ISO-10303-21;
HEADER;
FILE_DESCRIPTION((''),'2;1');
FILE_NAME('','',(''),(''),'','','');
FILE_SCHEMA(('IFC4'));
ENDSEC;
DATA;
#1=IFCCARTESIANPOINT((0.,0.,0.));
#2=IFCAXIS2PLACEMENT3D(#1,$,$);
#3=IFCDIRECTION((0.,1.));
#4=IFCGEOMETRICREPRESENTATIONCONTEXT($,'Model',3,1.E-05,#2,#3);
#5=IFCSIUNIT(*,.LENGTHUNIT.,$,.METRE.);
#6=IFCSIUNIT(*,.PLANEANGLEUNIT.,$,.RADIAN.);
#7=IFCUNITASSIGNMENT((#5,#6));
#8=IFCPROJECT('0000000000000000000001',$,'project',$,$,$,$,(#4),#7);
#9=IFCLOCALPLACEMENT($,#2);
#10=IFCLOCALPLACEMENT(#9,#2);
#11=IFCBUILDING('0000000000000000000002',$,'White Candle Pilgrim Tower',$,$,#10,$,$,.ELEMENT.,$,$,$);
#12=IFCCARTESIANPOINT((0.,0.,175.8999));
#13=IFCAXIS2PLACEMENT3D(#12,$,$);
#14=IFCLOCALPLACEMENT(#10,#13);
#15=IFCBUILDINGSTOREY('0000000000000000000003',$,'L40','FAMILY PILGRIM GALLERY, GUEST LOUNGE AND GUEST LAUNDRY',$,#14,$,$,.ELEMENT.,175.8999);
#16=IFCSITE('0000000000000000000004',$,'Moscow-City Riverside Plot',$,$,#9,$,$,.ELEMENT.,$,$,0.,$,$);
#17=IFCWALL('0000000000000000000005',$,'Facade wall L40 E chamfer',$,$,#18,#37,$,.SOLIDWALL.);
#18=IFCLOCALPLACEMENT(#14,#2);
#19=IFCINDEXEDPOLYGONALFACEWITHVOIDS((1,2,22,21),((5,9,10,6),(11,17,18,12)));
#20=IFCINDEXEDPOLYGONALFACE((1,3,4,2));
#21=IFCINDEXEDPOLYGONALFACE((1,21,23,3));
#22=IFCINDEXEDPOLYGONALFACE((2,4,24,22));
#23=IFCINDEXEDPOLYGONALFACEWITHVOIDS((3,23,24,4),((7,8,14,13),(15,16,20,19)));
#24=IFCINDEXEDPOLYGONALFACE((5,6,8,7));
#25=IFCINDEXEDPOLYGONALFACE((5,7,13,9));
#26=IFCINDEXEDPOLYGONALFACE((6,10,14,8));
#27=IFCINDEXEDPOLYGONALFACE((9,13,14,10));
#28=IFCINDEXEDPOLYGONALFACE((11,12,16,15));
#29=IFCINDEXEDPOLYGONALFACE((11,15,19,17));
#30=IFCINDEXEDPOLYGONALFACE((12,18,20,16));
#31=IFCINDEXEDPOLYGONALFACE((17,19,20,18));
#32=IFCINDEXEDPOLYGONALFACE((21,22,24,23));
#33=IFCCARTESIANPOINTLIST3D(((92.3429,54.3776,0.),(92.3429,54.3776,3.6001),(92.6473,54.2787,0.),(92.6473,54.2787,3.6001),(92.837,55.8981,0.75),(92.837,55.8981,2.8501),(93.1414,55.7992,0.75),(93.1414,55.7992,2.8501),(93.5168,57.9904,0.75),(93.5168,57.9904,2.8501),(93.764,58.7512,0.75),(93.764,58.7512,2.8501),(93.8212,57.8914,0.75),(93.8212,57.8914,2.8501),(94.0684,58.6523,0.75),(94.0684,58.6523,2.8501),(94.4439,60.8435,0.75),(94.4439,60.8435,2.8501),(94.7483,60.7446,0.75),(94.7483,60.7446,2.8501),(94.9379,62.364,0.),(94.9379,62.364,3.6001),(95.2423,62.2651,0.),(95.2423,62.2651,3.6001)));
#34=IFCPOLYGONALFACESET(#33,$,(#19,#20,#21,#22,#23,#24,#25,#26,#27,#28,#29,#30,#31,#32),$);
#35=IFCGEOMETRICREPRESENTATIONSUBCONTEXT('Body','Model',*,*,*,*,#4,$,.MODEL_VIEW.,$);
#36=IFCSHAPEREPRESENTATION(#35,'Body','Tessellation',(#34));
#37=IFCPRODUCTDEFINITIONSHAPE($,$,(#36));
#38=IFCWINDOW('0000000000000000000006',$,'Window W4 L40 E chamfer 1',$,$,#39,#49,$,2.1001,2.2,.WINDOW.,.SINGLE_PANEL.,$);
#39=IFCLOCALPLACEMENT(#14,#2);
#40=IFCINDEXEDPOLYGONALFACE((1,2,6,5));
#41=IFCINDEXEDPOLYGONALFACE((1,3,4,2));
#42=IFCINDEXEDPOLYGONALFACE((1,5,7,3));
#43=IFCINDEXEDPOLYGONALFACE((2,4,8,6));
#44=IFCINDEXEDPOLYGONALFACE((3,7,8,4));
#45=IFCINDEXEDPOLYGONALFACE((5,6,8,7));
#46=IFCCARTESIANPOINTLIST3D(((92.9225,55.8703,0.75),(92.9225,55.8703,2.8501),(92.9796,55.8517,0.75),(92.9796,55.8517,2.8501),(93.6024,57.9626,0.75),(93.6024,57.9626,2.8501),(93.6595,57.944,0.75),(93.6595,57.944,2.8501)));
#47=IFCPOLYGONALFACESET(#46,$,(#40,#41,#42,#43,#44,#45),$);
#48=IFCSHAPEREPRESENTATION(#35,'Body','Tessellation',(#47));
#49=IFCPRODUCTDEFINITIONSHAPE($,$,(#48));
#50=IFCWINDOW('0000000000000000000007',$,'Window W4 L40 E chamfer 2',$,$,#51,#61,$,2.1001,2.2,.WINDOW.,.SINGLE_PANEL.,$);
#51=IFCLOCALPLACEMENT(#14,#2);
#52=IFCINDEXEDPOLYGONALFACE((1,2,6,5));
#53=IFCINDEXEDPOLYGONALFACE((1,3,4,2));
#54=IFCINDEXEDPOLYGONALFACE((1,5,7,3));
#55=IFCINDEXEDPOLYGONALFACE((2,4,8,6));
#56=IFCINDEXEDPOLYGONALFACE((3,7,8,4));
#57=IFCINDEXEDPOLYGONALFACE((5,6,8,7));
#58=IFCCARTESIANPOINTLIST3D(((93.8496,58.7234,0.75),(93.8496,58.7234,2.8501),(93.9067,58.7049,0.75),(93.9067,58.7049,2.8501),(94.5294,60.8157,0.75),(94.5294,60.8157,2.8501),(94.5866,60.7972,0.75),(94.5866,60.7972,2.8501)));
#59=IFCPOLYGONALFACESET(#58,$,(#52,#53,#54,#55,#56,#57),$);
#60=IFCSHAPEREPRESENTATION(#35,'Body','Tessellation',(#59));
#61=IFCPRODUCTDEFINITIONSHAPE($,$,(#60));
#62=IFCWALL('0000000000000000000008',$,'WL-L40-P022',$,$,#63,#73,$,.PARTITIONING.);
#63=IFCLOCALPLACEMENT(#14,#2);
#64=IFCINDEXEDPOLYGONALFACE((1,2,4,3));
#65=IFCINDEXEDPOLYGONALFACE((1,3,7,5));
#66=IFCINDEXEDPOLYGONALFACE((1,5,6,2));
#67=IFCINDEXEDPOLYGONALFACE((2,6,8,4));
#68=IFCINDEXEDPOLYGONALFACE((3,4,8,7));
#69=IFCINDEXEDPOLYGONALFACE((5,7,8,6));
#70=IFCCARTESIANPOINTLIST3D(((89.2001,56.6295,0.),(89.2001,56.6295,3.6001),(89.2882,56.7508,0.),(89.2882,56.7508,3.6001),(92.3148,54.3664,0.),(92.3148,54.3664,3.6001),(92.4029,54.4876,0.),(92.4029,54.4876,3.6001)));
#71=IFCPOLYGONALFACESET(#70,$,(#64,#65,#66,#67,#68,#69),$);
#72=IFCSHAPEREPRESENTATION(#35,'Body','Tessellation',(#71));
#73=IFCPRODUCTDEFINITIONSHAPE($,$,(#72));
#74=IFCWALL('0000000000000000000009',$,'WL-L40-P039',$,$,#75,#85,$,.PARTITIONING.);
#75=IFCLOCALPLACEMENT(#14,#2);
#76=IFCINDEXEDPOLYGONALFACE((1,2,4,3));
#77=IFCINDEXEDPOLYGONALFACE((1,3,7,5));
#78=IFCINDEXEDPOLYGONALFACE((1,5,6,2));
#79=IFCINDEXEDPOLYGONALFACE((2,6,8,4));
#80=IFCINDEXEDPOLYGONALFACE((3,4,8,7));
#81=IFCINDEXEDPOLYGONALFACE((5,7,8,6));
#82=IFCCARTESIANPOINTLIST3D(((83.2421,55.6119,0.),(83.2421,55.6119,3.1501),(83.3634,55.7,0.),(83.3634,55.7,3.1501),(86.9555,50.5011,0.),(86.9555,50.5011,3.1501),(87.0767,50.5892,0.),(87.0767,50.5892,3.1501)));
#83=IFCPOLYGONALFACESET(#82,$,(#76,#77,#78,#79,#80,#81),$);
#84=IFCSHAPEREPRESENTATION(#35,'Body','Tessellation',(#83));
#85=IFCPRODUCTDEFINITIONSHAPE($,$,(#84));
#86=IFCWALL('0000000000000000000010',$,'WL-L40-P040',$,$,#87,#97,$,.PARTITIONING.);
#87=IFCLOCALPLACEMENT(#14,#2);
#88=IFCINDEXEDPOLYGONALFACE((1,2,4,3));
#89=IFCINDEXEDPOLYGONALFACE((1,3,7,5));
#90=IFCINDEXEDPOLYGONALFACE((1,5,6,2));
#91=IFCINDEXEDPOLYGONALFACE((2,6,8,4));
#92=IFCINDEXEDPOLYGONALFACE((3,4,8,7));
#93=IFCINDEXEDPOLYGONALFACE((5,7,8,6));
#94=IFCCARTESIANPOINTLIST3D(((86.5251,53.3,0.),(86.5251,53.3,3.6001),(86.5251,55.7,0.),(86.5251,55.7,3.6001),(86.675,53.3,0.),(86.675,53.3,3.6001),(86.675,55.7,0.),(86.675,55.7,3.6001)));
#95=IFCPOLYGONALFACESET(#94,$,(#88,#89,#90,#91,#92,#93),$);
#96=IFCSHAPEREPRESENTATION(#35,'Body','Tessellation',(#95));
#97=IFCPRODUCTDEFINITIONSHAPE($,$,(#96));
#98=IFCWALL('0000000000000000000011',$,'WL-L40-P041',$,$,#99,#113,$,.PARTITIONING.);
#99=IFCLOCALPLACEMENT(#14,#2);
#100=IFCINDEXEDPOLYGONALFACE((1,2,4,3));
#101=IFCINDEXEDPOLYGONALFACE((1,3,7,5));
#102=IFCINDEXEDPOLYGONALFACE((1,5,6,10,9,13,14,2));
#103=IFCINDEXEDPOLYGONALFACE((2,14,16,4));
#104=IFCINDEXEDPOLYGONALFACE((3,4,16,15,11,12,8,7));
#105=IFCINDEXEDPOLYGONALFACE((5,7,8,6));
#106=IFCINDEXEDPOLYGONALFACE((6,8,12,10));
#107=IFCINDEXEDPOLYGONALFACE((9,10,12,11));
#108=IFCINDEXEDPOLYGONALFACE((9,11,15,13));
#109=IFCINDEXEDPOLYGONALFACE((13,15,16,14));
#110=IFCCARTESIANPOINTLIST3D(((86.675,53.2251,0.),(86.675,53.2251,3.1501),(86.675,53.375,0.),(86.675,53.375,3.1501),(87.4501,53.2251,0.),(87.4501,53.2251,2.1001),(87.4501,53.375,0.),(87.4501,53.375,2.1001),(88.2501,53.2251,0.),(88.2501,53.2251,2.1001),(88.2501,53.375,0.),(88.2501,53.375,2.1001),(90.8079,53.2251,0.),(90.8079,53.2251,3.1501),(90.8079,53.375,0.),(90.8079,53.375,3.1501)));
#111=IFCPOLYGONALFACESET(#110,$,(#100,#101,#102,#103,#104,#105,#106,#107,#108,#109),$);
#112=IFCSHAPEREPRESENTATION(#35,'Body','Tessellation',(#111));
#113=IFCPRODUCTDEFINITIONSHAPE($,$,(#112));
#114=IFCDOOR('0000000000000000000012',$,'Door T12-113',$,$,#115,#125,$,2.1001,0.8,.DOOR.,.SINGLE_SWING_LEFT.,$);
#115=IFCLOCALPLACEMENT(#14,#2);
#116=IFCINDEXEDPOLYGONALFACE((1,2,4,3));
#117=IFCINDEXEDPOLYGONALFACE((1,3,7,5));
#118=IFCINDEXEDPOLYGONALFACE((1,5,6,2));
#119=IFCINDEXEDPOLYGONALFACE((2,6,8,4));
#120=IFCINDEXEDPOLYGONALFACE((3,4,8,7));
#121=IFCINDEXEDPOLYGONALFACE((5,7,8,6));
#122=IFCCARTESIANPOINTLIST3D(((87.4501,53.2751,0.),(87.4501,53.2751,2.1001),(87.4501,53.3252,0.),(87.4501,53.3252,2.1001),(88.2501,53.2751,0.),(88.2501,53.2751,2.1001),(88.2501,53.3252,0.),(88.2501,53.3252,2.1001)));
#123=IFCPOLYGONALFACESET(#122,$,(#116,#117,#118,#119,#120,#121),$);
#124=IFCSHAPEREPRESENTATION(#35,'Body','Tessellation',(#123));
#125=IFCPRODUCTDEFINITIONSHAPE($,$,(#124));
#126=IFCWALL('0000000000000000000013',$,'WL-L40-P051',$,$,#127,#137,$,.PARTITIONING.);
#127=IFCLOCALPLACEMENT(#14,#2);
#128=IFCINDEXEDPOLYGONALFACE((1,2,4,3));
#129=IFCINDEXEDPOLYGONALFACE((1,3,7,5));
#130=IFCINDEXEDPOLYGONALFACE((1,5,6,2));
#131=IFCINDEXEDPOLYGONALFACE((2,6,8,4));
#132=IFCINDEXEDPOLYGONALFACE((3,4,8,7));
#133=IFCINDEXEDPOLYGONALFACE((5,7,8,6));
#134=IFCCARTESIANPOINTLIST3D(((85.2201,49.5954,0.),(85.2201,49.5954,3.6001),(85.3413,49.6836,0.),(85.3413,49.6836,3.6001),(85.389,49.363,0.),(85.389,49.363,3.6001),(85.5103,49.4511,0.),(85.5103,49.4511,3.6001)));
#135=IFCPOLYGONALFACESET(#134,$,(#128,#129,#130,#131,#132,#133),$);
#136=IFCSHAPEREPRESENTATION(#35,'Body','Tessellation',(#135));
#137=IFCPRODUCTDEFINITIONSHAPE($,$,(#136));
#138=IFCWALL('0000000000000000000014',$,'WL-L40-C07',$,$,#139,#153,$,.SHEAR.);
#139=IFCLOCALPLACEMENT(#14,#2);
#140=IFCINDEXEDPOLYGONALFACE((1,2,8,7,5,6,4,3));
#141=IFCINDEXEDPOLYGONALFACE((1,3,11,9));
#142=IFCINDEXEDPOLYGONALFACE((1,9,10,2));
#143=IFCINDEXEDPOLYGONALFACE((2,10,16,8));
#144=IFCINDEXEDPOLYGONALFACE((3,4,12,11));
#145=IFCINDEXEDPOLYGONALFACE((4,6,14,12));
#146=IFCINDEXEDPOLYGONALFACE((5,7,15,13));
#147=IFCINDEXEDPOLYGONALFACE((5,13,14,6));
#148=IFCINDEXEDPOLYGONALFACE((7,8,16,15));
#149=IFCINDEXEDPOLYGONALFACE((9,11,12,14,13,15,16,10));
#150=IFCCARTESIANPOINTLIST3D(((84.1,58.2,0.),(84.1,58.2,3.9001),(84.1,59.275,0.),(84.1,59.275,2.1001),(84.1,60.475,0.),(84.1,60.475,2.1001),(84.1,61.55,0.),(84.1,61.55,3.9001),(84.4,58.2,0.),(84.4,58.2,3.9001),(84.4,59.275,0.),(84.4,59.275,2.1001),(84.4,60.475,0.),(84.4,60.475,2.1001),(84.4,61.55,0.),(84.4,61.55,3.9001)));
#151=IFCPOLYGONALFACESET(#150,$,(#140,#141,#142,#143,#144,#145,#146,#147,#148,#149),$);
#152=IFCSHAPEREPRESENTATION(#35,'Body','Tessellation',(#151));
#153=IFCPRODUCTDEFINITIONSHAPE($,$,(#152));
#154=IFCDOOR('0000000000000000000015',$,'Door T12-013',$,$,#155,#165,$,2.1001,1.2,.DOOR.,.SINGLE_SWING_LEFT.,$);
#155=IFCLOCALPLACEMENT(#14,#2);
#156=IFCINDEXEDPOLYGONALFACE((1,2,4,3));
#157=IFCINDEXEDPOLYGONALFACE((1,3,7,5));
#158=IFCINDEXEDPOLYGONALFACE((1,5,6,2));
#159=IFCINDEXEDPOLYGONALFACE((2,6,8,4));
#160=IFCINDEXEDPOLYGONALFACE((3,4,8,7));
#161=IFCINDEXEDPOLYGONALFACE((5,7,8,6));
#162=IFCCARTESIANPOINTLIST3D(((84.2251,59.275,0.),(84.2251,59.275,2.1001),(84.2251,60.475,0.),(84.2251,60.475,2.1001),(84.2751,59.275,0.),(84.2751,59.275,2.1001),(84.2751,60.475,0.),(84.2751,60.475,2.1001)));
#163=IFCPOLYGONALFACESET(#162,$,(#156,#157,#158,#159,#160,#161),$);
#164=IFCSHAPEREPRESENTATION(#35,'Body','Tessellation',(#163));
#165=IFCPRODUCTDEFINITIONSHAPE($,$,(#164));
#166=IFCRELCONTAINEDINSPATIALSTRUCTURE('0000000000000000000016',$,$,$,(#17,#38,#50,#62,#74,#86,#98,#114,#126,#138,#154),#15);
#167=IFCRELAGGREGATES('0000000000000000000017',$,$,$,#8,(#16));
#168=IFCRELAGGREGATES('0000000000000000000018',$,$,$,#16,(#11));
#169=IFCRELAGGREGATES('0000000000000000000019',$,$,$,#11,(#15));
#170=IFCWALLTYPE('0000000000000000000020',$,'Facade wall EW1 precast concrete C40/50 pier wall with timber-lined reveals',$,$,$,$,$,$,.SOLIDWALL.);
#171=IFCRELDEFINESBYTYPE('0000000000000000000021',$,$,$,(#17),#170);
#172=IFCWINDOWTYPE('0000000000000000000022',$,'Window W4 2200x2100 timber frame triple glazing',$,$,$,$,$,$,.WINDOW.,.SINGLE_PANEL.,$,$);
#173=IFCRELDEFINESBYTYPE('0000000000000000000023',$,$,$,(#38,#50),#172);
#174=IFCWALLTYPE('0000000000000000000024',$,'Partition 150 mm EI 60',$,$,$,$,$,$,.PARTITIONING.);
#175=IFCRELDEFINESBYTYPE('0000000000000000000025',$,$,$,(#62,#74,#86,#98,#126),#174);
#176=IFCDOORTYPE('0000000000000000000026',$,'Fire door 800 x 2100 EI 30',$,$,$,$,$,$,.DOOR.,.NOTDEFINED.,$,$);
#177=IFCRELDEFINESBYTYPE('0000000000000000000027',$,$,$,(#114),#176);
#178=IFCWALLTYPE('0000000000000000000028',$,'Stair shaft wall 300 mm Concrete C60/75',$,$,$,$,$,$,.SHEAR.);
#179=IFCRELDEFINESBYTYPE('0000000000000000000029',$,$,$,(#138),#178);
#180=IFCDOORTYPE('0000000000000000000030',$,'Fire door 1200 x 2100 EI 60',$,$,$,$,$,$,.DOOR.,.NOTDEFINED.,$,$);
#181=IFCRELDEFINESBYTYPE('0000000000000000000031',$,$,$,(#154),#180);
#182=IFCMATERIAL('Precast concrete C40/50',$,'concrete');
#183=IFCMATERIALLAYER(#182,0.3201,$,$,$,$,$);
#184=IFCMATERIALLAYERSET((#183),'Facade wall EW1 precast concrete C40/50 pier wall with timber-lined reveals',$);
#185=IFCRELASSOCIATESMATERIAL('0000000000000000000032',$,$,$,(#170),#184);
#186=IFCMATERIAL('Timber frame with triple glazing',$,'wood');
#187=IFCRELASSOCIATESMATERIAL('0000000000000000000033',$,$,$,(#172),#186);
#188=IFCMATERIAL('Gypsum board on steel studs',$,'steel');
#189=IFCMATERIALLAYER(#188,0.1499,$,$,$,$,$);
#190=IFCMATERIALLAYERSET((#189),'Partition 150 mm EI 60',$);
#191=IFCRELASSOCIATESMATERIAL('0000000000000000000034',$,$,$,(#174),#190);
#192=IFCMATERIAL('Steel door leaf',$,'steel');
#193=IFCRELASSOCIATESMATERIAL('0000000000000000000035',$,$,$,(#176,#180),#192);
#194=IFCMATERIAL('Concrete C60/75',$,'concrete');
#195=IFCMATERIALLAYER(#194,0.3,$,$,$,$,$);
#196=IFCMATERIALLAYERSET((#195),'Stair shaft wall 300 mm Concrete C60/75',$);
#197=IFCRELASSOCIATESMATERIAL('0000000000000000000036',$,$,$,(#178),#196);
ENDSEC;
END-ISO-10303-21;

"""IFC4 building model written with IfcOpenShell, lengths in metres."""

from ifc_helpers import new_model, si_unit, direction, frame, frame_2d, origin, place, context, subcontext, project, spatial, rectangle, extrude, material, layer, layer_set, type_object, element, fill, save


model = new_model("IFC4")

# Units and contexts
model_context = context("Model", 3, precision=1e-05, world=origin(), true_north=direction((0.0, 1.0)))
body_context = subcontext(model_context, "Body", "Model", "MODEL_VIEW")
ifc_project = project(units=[si_unit("LENGTHUNIT", "METRE"), si_unit("PLANEANGLEUNIT", "RADIAN")], contexts=[model_context])

# Site, building, storey
site_placement = place(None, origin())
site = spatial("IfcSite", under=ifc_project, at=site_placement, Name="Moscow-City Riverside Plot", CompositionType="ELEMENT", RefElevation=0.0)
building_placement = place(site_placement, origin())
building = spatial("IfcBuilding", under=site, at=building_placement, Name="White Candle Pilgrim Tower", CompositionType="ELEMENT")
storey_placement = place(building_placement, frame((0.0, 0.0, 175.8999)))
storey = spatial("IfcBuildingStorey", under=building, at=storey_placement, Name="L40", Description="FAMILY PILGRIM GALLERY, GUEST LOUNGE AND GUEST LAUNDRY", CompositionType="ELEMENT", Elevation=175.8999)

# Shared definitions
ifc_material_1 = material(Name="Gypsum board on steel studs", Category="steel")
ifc_material_2 = material(Name="Steel door leaf", Category="steel")

# Wall, openings, windows
ifc_material_3 = material(Name="Precast concrete C40/50", Category="concrete")
ifc_layer_1 = layer(ifc_material_3, 0.3201)
ifc_layer_set_1 = layer_set([ifc_layer_1], Name="Facade wall EW1 precast concrete C40/50 pier wall with timber-lined reveals")
wall_type_1 = type_object("IfcWallType", Name="Facade wall EW1 precast concrete C40/50 pier wall with timber-lined reveals", PredefinedType="SOLIDWALL", material=ifc_layer_set_1)
wall_1_placement = place(storey_placement, frame((92.4951, 54.3281, 0.0), z_axis=(0.0, 0.0, 1.0), x_axis=(0.309023, 0.951055, 0.0)))
wall_1 = element("IfcWall", 1, at=wall_1_placement, inside=storey, type_object=wall_type_1, Name="Facade wall L40 E chamfer", PredefinedType="SOLIDWALL", context=body_context, shape_type="SweptSolid", body=[
    extrude(rectangle(XDim=8.3975, YDim=0.3201, at=frame_2d((4.1987, 0.0))), origin(), (0.0, 0.0, 1.0), 3.6001),
])
opening_1_placement = place(wall_1_placement, frame((1.5986, 0.0, 0.75)))
opening_1 = element("IfcOpeningElement", 2, at=opening_1_placement, cuts=wall_1, PredefinedType="OPENING", context=body_context, shape_type="SweptSolid", body=[
    extrude(rectangle(XDim=2.2, YDim=2.1001, at=frame_2d((1.1001, 1.05))), frame((0.0, 0.1699, 0.0), z_axis=(0.0, -1.0, 0.0), x_axis=(1.0, 0.0, 0.0)), (0.0, 0.0, 1.0), 0.3401),
])
opening_2_placement = place(wall_1_placement, frame((4.5986, 0.0, 0.75)))
opening_2 = element("IfcOpeningElement", 3, at=opening_2_placement, cuts=wall_1, PredefinedType="OPENING", context=body_context, shape_type="SweptSolid", body=[
    extrude(rectangle(XDim=2.2, YDim=2.1001, at=frame_2d((1.1001, 1.05))), frame((0.0, 0.1699, 0.0), z_axis=(0.0, -1.0, 0.0), x_axis=(1.0, 0.0, 0.0)), (0.0, 0.0, 1.0), 0.3401),
])
ifc_material_4 = material(Name="Timber frame with triple glazing", Category="wood")
window_type = type_object("IfcWindowType", Name="Window W4 2200x2100 timber frame triple glazing", PartitioningType="SINGLE_PANEL", PredefinedType="WINDOW", material=ifc_material_4)
window_1_placement = place(opening_1_placement, origin())
window_1 = element("IfcWindow", 4, at=window_1_placement, inside=storey, type_object=window_type, Name="Window W4 L40 E chamfer 1", OverallHeight=2.1001, OverallWidth=2.2, PartitioningType="SINGLE_PANEL", PredefinedType="WINDOW", context=body_context, shape_type="SweptSolid", body=[
    extrude(rectangle(XDim=2.2, YDim=2.1001, at=frame_2d((1.1001, 1.05))), frame((0.0, 0.0701, 0.0), z_axis=(0.0, -1.0, 0.0), x_axis=(1.0, 0.0, 0.0)), (0.0, 0.0, 1.0), 0.0601),
])
fill(opening_1, window_1)
window_2_placement = place(opening_2_placement, origin())
window_2 = element("IfcWindow", 5, at=window_2_placement, inside=storey, type_object=window_type, Name="Window W4 L40 E chamfer 2", OverallHeight=2.1001, OverallWidth=2.2, PartitioningType="SINGLE_PANEL", PredefinedType="WINDOW", context=body_context, shape_type="SweptSolid", body=[
    extrude(rectangle(XDim=2.2, YDim=2.1001, at=frame_2d((1.1001, 1.05))), frame((0.0, 0.0701, 0.0), z_axis=(0.0, -1.0, 0.0), x_axis=(1.0, 0.0, 0.0)), (0.0, 0.0, 1.0), 0.0601),
])
fill(opening_2, window_2)

# Walls
ifc_layer_2 = layer(ifc_material_1, 0.1499)
ifc_layer_set_2 = layer_set([ifc_layer_2], Name="Partition 150 mm EI 60")
wall_type_2 = type_object("IfcWallType", Name="Partition 150 mm EI 60", PredefinedType="PARTITIONING", material=ifc_layer_set_2)
wall_2_placement = place(storey_placement, frame((92.3589, 54.427, 0.0), z_axis=(0.0, 0.0, 1.0), x_axis=(-0.808994, 0.587817, 0.0)))
element("IfcWall", 6, at=wall_2_placement, inside=storey, type_object=wall_type_2, Name="WL-L40-P022", PredefinedType="PARTITIONING", context=body_context, shape_type="SweptSolid", body=[
    extrude(rectangle(XDim=3.8501, YDim=0.1499, at=frame_2d((1.925, 0.0))), origin(), (0.0, 0.0, 1.0), 3.6001),
])
wall_3_placement = place(storey_placement, frame((87.0161, 50.5452, 0.0), z_axis=(0.0, 0.0, 1.0), x_axis=(-0.587799, 0.809007, 0.0)))
element("IfcWall", 7, at=wall_3_placement, inside=storey, type_object=wall_type_2, Name="WL-L40-P039", PredefinedType="PARTITIONING", context=body_context, shape_type="SweptSolid", body=[
    extrude(rectangle(XDim=6.3174, YDim=0.1499, at=frame_2d((3.1587, 0.0))), origin(), (0.0, 0.0, 1.0), 3.1501),
])
wall_4_placement = place(storey_placement, frame((86.6001, 55.7, 0.0), z_axis=(0.0, 0.0, 1.0), x_axis=(0.0, -1.0, 0.0)))
element("IfcWall", 8, at=wall_4_placement, inside=storey, type_object=wall_type_2, Name="WL-L40-P040", PredefinedType="PARTITIONING", context=body_context, shape_type="SweptSolid", body=[
    extrude(rectangle(XDim=2.3999, YDim=0.1499, at=frame_2d((1.2, 0.0))), origin(), (0.0, 0.0, 1.0), 3.6001),
])

# Wall, opening, door
wall_5_placement = place(storey_placement, frame((90.8079, 53.3, 0.0), z_axis=(0.0, 0.0, 1.0), x_axis=(-1.0, 0.0, 0.0)))
wall_5 = element("IfcWall", 9, at=wall_5_placement, inside=storey, type_object=wall_type_2, Name="WL-L40-P041", PredefinedType="PARTITIONING", context=body_context, shape_type="SweptSolid", body=[
    extrude(rectangle(XDim=4.1328, YDim=0.1499, at=frame_2d((2.0664, 0.0))), origin(), (0.0, 0.0, 1.0), 3.1501),
])
opening_3_placement = place(wall_5_placement, frame((2.5579, 0.0, 0.0)))
opening_3 = element("IfcOpeningElement", 10, at=opening_3_placement, cuts=wall_5, PredefinedType="OPENING", context=body_context, shape_type="SweptSolid", body=[
    extrude(rectangle(XDim=0.8, YDim=2.1001, at=frame_2d((0.3999, 1.05))), frame((0.0, 0.085, 0.0), z_axis=(0.0, -1.0, 0.0), x_axis=(1.0, 0.0, 0.0)), (0.0, 0.0, 1.0), 0.1699),
])
door_type_1 = type_object("IfcDoorType", Name="Fire door 800 x 2100 EI 30", OperationType="NOTDEFINED", PredefinedType="DOOR", material=ifc_material_2)
door_1_placement = place(opening_3_placement, origin())
door_1 = element("IfcDoor", 11, at=door_1_placement, inside=storey, type_object=door_type_1, Name="Door T12-113", OperationType="SINGLE_SWING_LEFT", OverallHeight=2.1001, OverallWidth=0.8, PredefinedType="DOOR", context=body_context, shape_type="SweptSolid", body=[
    extrude(rectangle(XDim=0.8, YDim=2.1001, at=frame_2d((0.3999, 1.05))), frame((0.0, 0.0249, 0.0), z_axis=(0.0, -1.0, 0.0), x_axis=(1.0, 0.0, 0.0)), (0.0, 0.0, 1.0), 0.05),
])
fill(opening_3, door_1)

# Wall
wall_6_placement = place(storey_placement, frame((85.2808, 49.6394, 0.0), z_axis=(0.0, 0.0, 1.0), x_axis=(0.58797, -0.808883, 0.0)))
element("IfcWall", 12, at=wall_6_placement, inside=storey, type_object=wall_type_2, Name="WL-L40-P051", PredefinedType="PARTITIONING", context=body_context, shape_type="SweptSolid", body=[
    extrude(rectangle(XDim=0.2874, YDim=0.1499, at=frame_2d((0.1436, 0.0))), origin(), (0.0, 0.0, 1.0), 3.6001),
])

# Wall, opening, door
ifc_material_5 = material(Name="Concrete C60/75", Category="concrete")
ifc_layer_3 = layer(ifc_material_5, 0.3)
ifc_layer_set_3 = layer_set([ifc_layer_3], Name="Stair shaft wall 300 mm Concrete C60/75")
wall_type_3 = type_object("IfcWallType", Name="Stair shaft wall 300 mm Concrete C60/75", PredefinedType="SHEAR", material=ifc_layer_set_3)
wall_7_placement = place(storey_placement, frame((84.25, 58.2, 0.0), z_axis=(0.0, 0.0, 1.0), x_axis=(0.0, 1.0, 0.0)))
wall_7 = element("IfcWall", 13, at=wall_7_placement, inside=storey, type_object=wall_type_3, Name="WL-L40-C07", PredefinedType="SHEAR", context=body_context, shape_type="SweptSolid", body=[
    extrude(rectangle(XDim=3.3501, YDim=0.3, at=frame_2d((1.675, 0.0))), origin(), (0.0, 0.0, 1.0), 3.9001),
])
opening_4_placement = place(wall_7_placement, frame((1.075, 0.0, 0.0)))
opening_4 = element("IfcOpeningElement", 14, at=opening_4_placement, cuts=wall_7, PredefinedType="OPENING", context=body_context, shape_type="SweptSolid", body=[
    extrude(rectangle(XDim=1.2, YDim=2.1001, at=frame_2d((0.6001, 1.05))), frame((0.0, 0.1599, 0.0), z_axis=(0.0, -1.0, 0.0), x_axis=(1.0, 0.0, 0.0)), (0.0, 0.0, 1.0), 0.3201),
])
door_type_2 = type_object("IfcDoorType", Name="Fire door 1200 x 2100 EI 60", OperationType="NOTDEFINED", PredefinedType="DOOR", material=ifc_material_2)
door_2_placement = place(opening_4_placement, origin())
door_2 = element("IfcDoor", 15, at=door_2_placement, inside=storey, type_object=door_type_2, Name="Door T12-013", OperationType="SINGLE_SWING_LEFT", OverallHeight=2.1001, OverallWidth=1.2, PredefinedType="DOOR", context=body_context, shape_type="SweptSolid", body=[
    extrude(rectangle(XDim=1.2, YDim=2.1001, at=frame_2d((0.6001, 1.05))), frame((0.0, 0.0249, 0.0), z_axis=(0.0, -1.0, 0.0), x_axis=(1.0, 0.0, 0.0)), (0.0, 0.0, 1.0), 0.05),
])
fill(opening_4, door_2)

save(model, "model.ifc")
